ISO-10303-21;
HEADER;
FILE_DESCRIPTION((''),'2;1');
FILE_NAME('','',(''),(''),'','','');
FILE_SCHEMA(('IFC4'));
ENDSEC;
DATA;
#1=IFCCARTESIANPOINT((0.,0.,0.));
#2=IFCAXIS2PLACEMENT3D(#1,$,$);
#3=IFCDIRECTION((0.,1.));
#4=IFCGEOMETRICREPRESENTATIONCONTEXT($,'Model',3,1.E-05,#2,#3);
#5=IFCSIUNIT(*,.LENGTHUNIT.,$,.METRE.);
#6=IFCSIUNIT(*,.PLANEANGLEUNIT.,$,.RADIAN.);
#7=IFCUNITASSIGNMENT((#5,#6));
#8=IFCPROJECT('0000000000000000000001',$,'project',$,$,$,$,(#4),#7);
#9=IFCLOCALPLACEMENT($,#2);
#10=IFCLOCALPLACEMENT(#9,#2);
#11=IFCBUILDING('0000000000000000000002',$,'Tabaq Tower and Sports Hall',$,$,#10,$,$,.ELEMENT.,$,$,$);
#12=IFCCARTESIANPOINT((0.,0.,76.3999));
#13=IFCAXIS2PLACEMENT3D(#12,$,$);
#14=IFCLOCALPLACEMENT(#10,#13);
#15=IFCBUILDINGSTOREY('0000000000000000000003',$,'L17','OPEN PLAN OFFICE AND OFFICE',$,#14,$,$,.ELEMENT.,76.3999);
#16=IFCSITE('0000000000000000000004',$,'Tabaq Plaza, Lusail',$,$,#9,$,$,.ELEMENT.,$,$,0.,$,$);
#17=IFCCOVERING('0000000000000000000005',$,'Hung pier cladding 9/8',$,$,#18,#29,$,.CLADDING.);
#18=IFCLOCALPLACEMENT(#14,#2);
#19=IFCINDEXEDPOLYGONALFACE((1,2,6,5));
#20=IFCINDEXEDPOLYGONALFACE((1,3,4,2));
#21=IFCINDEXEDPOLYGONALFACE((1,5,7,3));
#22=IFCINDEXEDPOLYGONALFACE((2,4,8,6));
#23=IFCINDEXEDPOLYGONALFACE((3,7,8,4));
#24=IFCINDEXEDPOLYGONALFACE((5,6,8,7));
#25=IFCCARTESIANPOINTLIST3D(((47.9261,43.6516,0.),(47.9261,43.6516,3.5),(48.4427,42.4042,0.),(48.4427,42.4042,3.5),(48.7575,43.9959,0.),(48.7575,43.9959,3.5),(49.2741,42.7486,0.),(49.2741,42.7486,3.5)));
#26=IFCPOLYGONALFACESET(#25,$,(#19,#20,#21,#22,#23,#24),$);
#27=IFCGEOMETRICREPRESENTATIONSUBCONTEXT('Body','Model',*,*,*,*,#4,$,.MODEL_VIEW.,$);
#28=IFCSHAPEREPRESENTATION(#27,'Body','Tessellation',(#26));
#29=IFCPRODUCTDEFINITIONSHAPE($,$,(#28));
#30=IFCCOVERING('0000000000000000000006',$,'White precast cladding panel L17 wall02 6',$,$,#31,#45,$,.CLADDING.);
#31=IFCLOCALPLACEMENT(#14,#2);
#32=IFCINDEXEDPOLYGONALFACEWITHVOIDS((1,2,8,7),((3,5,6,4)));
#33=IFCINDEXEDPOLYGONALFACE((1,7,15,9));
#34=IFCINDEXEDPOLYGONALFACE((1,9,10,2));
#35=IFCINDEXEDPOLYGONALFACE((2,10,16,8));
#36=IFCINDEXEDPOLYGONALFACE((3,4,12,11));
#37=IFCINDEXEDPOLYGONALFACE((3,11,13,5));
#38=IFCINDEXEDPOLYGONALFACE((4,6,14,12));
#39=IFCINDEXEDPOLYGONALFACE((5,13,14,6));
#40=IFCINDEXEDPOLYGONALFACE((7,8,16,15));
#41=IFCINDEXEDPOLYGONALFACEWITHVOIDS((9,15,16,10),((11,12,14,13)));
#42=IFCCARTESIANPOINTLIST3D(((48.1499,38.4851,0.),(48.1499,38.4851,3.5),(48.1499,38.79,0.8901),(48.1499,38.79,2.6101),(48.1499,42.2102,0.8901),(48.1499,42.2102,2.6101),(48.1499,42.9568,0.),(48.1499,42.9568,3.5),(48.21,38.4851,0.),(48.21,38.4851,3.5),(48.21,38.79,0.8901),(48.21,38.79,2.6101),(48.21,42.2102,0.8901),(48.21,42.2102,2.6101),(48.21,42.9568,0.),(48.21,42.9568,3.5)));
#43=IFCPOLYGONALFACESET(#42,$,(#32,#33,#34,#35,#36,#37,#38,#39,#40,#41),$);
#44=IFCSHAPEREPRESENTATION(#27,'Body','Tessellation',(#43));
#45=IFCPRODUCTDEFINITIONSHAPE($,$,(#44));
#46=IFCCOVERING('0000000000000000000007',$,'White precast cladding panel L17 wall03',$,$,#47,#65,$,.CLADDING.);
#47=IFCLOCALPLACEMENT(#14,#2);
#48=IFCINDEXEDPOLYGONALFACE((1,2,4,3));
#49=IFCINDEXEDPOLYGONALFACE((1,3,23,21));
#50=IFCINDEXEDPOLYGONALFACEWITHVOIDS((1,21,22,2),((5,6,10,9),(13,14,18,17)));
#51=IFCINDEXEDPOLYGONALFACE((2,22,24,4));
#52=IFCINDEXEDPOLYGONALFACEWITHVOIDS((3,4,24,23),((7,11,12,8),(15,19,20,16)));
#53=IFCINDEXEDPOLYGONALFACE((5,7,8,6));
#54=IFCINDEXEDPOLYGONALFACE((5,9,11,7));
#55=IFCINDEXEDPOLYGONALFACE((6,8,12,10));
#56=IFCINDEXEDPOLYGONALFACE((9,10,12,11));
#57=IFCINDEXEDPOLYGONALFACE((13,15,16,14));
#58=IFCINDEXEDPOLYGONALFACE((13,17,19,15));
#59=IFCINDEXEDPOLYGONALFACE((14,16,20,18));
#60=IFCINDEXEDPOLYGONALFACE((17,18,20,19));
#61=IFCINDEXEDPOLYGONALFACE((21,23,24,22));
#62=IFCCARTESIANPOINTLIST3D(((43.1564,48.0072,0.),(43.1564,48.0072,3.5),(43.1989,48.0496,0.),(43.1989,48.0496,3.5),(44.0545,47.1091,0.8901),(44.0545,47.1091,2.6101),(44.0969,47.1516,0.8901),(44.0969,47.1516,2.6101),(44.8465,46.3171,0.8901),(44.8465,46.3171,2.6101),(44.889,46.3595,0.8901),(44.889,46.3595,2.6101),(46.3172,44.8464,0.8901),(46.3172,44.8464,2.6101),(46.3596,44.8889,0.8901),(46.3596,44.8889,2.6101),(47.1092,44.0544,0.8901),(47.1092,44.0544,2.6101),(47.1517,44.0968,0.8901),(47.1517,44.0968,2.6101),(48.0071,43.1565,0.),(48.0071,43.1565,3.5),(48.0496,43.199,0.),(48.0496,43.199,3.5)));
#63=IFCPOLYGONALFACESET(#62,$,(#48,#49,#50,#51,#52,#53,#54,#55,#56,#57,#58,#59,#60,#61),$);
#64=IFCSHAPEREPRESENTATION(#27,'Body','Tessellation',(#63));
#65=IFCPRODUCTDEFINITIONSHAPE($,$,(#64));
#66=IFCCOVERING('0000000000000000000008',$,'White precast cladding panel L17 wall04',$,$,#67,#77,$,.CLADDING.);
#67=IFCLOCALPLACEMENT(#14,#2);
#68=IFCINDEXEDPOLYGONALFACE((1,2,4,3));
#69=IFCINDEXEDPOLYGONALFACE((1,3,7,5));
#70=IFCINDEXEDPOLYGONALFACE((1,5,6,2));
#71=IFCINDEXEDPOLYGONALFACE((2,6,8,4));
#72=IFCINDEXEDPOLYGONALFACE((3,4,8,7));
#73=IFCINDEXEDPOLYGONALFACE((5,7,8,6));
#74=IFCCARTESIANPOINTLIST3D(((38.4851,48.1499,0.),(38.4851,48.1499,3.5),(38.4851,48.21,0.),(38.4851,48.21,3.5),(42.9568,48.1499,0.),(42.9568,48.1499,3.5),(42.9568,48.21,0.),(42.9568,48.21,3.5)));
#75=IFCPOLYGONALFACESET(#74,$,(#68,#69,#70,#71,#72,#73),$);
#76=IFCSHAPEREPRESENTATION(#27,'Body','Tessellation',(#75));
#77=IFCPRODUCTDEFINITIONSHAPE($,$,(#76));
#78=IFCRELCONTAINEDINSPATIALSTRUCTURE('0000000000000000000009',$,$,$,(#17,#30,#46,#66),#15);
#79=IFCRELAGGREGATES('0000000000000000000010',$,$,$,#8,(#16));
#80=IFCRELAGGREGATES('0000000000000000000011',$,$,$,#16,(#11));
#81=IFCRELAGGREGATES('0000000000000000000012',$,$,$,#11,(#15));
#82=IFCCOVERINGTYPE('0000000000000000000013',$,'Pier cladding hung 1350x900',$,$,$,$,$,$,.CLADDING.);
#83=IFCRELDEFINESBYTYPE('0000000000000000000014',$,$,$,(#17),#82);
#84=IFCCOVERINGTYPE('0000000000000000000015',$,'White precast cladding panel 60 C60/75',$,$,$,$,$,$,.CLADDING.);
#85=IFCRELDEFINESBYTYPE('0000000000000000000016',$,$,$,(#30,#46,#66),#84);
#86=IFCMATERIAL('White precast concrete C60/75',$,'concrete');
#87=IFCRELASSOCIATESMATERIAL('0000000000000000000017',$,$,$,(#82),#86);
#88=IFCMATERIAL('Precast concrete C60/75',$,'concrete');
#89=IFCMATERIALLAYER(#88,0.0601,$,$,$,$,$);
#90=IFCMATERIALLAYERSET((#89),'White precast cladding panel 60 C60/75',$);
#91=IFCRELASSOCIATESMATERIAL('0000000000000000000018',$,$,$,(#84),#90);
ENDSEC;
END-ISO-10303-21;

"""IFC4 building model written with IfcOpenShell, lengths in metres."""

from ifc_helpers import new_model, si_unit, direction, frame, frame_2d, origin, place, context, subcontext, project, spatial, polyline, rectangle, outline, extrude, material, layer, layer_set, type_object, element, save


model = new_model("IFC4")

# Units and contexts
model_context = context("Model", 3, precision=1e-05, world=origin(), true_north=direction((0.0, 1.0)))
body_context = subcontext(model_context, "Body", "Model", "MODEL_VIEW")
ifc_project = project(units=[si_unit("LENGTHUNIT", "METRE"), si_unit("PLANEANGLEUNIT", "RADIAN")], contexts=[model_context])

# Site, building, storey
site_placement = place(None, origin())
site = spatial("IfcSite", under=ifc_project, at=site_placement, Name="Tabaq Plaza, Lusail", CompositionType="ELEMENT", RefElevation=0.0)
building_placement = place(site_placement, origin())
building = spatial("IfcBuilding", under=site, at=building_placement, Name="Tabaq Tower and Sports Hall", CompositionType="ELEMENT")
storey_placement = place(building_placement, frame((0.0, 0.0, 76.3999)))
storey = spatial("IfcBuildingStorey", under=building, at=storey_placement, Name="L17", Description="OPEN PLAN OFFICE AND OFFICE", CompositionType="ELEMENT", Elevation=76.3999)

# Coverings
ifc_material_1 = material(Name="White precast concrete C60/75", Category="concrete")
covering_type_1 = type_object("IfcCoveringType", Name="Pier cladding hung 1350x900", PredefinedType="CLADDING", material=ifc_material_1)
for number, where, z_axis, x_axis, name in (
    (1, (48.8584, 42.5764, 0.0), (0.0, 0.0, 1.0), (-0.38265, 0.923893, 0.0), "Hung pier cladding 9/8"),
):
    element("IfcCovering", number, at=place(storey_placement, frame(where, z_axis=z_axis, x_axis=x_axis)), inside=storey, type_object=covering_type_1, Name=name, PredefinedType="CLADDING", context=body_context, shape_type="SweptSolid", body=[
        extrude(rectangle(XDim=1.3501, YDim=0.8999, at=frame_2d((0.675, 0.0))), origin(), (0.0, 0.0, 1.0), 3.5),
    ])
ifc_material_2 = material(Name="Precast concrete C60/75", Category="concrete")
ifc_layer_1 = layer(ifc_material_2, 0.0601)
ifc_layer_set_1 = layer_set([ifc_layer_1], Name="White precast cladding panel 60 C60/75")
covering_type_2 = type_object("IfcCoveringType", Name="White precast cladding panel 60 C60/75", PredefinedType="CLADDING", material=ifc_layer_set_1)
covering_1_placement = place(storey_placement, frame((48.1799, 38.4851, 0.0), z_axis=(0.0, 0.0, 1.0), x_axis=(0.0, 1.0, 0.0)))
element("IfcCovering", 2, at=covering_1_placement, inside=storey, type_object=covering_type_2, Name="White precast cladding panel L17 wall02 6", PredefinedType="CLADDING", context=body_context, shape_type="SweptSolid", body=[
    extrude(outline(polyline([(0.0, 0.0), (4.4717, 0.0), (4.4717, 3.5), (0.0, 3.5), (0.0, 0.0)]), holes=[polyline([(0.3049, 0.8901), (0.3049, 2.6101), (3.7251, 2.6101), (3.7251, 0.8901), (0.3049, 0.8901)])]), frame((0.0, 0.03, 0.0), z_axis=(0.0, -1.0, 0.0), x_axis=(1.0, 0.0, 0.0)), (0.0, 0.0, 1.0), 0.0601),
])
covering_2_placement = place(storey_placement, frame((48.0283, 43.1777, 0.0), z_axis=(0.0, 0.0, 1.0), x_axis=(-0.707107, 0.707107, 0.0)))
element("IfcCovering", 3, at=covering_2_placement, inside=storey, type_object=covering_type_2, Name="White precast cladding panel L17 wall03", PredefinedType="CLADDING", context=body_context, shape_type="SweptSolid", body=[
    extrude(outline(polyline([(0.0, 0.0), (6.8599, 0.0), (6.8599, 3.5), (0.0, 3.5), (0.0, 0.0)]), holes=[polyline([(1.2698, 2.6101), (2.3899, 2.6101), (2.3899, 0.8901), (1.2698, 0.8901), (1.2698, 2.6101)]), polyline([(4.4697, 2.6101), (5.5898, 2.6101), (5.5898, 0.8901), (4.4697, 0.8901), (4.4697, 2.6101)])]), frame((0.0, 0.03, 0.0), z_axis=(0.0, -1.0, 0.0), x_axis=(1.0, 0.0, 0.0)), (0.0, 0.0, 1.0), 0.0601),
])
covering_3_placement = place(storey_placement, frame((42.9568, 48.1799, 0.0), z_axis=(0.0, 0.0, 1.0), x_axis=(-1.0, 0.0, 0.0)))
element("IfcCovering", 4, at=covering_3_placement, inside=storey, type_object=covering_type_2, Name="White precast cladding panel L17 wall04", PredefinedType="CLADDING", context=body_context, shape_type="SweptSolid", body=[
    extrude(rectangle(XDim=4.4717, YDim=0.0601, at=frame_2d((2.2358, 0.0))), origin(), (0.0, 0.0, 1.0), 3.5),
])

save(model, "model.ifc")
